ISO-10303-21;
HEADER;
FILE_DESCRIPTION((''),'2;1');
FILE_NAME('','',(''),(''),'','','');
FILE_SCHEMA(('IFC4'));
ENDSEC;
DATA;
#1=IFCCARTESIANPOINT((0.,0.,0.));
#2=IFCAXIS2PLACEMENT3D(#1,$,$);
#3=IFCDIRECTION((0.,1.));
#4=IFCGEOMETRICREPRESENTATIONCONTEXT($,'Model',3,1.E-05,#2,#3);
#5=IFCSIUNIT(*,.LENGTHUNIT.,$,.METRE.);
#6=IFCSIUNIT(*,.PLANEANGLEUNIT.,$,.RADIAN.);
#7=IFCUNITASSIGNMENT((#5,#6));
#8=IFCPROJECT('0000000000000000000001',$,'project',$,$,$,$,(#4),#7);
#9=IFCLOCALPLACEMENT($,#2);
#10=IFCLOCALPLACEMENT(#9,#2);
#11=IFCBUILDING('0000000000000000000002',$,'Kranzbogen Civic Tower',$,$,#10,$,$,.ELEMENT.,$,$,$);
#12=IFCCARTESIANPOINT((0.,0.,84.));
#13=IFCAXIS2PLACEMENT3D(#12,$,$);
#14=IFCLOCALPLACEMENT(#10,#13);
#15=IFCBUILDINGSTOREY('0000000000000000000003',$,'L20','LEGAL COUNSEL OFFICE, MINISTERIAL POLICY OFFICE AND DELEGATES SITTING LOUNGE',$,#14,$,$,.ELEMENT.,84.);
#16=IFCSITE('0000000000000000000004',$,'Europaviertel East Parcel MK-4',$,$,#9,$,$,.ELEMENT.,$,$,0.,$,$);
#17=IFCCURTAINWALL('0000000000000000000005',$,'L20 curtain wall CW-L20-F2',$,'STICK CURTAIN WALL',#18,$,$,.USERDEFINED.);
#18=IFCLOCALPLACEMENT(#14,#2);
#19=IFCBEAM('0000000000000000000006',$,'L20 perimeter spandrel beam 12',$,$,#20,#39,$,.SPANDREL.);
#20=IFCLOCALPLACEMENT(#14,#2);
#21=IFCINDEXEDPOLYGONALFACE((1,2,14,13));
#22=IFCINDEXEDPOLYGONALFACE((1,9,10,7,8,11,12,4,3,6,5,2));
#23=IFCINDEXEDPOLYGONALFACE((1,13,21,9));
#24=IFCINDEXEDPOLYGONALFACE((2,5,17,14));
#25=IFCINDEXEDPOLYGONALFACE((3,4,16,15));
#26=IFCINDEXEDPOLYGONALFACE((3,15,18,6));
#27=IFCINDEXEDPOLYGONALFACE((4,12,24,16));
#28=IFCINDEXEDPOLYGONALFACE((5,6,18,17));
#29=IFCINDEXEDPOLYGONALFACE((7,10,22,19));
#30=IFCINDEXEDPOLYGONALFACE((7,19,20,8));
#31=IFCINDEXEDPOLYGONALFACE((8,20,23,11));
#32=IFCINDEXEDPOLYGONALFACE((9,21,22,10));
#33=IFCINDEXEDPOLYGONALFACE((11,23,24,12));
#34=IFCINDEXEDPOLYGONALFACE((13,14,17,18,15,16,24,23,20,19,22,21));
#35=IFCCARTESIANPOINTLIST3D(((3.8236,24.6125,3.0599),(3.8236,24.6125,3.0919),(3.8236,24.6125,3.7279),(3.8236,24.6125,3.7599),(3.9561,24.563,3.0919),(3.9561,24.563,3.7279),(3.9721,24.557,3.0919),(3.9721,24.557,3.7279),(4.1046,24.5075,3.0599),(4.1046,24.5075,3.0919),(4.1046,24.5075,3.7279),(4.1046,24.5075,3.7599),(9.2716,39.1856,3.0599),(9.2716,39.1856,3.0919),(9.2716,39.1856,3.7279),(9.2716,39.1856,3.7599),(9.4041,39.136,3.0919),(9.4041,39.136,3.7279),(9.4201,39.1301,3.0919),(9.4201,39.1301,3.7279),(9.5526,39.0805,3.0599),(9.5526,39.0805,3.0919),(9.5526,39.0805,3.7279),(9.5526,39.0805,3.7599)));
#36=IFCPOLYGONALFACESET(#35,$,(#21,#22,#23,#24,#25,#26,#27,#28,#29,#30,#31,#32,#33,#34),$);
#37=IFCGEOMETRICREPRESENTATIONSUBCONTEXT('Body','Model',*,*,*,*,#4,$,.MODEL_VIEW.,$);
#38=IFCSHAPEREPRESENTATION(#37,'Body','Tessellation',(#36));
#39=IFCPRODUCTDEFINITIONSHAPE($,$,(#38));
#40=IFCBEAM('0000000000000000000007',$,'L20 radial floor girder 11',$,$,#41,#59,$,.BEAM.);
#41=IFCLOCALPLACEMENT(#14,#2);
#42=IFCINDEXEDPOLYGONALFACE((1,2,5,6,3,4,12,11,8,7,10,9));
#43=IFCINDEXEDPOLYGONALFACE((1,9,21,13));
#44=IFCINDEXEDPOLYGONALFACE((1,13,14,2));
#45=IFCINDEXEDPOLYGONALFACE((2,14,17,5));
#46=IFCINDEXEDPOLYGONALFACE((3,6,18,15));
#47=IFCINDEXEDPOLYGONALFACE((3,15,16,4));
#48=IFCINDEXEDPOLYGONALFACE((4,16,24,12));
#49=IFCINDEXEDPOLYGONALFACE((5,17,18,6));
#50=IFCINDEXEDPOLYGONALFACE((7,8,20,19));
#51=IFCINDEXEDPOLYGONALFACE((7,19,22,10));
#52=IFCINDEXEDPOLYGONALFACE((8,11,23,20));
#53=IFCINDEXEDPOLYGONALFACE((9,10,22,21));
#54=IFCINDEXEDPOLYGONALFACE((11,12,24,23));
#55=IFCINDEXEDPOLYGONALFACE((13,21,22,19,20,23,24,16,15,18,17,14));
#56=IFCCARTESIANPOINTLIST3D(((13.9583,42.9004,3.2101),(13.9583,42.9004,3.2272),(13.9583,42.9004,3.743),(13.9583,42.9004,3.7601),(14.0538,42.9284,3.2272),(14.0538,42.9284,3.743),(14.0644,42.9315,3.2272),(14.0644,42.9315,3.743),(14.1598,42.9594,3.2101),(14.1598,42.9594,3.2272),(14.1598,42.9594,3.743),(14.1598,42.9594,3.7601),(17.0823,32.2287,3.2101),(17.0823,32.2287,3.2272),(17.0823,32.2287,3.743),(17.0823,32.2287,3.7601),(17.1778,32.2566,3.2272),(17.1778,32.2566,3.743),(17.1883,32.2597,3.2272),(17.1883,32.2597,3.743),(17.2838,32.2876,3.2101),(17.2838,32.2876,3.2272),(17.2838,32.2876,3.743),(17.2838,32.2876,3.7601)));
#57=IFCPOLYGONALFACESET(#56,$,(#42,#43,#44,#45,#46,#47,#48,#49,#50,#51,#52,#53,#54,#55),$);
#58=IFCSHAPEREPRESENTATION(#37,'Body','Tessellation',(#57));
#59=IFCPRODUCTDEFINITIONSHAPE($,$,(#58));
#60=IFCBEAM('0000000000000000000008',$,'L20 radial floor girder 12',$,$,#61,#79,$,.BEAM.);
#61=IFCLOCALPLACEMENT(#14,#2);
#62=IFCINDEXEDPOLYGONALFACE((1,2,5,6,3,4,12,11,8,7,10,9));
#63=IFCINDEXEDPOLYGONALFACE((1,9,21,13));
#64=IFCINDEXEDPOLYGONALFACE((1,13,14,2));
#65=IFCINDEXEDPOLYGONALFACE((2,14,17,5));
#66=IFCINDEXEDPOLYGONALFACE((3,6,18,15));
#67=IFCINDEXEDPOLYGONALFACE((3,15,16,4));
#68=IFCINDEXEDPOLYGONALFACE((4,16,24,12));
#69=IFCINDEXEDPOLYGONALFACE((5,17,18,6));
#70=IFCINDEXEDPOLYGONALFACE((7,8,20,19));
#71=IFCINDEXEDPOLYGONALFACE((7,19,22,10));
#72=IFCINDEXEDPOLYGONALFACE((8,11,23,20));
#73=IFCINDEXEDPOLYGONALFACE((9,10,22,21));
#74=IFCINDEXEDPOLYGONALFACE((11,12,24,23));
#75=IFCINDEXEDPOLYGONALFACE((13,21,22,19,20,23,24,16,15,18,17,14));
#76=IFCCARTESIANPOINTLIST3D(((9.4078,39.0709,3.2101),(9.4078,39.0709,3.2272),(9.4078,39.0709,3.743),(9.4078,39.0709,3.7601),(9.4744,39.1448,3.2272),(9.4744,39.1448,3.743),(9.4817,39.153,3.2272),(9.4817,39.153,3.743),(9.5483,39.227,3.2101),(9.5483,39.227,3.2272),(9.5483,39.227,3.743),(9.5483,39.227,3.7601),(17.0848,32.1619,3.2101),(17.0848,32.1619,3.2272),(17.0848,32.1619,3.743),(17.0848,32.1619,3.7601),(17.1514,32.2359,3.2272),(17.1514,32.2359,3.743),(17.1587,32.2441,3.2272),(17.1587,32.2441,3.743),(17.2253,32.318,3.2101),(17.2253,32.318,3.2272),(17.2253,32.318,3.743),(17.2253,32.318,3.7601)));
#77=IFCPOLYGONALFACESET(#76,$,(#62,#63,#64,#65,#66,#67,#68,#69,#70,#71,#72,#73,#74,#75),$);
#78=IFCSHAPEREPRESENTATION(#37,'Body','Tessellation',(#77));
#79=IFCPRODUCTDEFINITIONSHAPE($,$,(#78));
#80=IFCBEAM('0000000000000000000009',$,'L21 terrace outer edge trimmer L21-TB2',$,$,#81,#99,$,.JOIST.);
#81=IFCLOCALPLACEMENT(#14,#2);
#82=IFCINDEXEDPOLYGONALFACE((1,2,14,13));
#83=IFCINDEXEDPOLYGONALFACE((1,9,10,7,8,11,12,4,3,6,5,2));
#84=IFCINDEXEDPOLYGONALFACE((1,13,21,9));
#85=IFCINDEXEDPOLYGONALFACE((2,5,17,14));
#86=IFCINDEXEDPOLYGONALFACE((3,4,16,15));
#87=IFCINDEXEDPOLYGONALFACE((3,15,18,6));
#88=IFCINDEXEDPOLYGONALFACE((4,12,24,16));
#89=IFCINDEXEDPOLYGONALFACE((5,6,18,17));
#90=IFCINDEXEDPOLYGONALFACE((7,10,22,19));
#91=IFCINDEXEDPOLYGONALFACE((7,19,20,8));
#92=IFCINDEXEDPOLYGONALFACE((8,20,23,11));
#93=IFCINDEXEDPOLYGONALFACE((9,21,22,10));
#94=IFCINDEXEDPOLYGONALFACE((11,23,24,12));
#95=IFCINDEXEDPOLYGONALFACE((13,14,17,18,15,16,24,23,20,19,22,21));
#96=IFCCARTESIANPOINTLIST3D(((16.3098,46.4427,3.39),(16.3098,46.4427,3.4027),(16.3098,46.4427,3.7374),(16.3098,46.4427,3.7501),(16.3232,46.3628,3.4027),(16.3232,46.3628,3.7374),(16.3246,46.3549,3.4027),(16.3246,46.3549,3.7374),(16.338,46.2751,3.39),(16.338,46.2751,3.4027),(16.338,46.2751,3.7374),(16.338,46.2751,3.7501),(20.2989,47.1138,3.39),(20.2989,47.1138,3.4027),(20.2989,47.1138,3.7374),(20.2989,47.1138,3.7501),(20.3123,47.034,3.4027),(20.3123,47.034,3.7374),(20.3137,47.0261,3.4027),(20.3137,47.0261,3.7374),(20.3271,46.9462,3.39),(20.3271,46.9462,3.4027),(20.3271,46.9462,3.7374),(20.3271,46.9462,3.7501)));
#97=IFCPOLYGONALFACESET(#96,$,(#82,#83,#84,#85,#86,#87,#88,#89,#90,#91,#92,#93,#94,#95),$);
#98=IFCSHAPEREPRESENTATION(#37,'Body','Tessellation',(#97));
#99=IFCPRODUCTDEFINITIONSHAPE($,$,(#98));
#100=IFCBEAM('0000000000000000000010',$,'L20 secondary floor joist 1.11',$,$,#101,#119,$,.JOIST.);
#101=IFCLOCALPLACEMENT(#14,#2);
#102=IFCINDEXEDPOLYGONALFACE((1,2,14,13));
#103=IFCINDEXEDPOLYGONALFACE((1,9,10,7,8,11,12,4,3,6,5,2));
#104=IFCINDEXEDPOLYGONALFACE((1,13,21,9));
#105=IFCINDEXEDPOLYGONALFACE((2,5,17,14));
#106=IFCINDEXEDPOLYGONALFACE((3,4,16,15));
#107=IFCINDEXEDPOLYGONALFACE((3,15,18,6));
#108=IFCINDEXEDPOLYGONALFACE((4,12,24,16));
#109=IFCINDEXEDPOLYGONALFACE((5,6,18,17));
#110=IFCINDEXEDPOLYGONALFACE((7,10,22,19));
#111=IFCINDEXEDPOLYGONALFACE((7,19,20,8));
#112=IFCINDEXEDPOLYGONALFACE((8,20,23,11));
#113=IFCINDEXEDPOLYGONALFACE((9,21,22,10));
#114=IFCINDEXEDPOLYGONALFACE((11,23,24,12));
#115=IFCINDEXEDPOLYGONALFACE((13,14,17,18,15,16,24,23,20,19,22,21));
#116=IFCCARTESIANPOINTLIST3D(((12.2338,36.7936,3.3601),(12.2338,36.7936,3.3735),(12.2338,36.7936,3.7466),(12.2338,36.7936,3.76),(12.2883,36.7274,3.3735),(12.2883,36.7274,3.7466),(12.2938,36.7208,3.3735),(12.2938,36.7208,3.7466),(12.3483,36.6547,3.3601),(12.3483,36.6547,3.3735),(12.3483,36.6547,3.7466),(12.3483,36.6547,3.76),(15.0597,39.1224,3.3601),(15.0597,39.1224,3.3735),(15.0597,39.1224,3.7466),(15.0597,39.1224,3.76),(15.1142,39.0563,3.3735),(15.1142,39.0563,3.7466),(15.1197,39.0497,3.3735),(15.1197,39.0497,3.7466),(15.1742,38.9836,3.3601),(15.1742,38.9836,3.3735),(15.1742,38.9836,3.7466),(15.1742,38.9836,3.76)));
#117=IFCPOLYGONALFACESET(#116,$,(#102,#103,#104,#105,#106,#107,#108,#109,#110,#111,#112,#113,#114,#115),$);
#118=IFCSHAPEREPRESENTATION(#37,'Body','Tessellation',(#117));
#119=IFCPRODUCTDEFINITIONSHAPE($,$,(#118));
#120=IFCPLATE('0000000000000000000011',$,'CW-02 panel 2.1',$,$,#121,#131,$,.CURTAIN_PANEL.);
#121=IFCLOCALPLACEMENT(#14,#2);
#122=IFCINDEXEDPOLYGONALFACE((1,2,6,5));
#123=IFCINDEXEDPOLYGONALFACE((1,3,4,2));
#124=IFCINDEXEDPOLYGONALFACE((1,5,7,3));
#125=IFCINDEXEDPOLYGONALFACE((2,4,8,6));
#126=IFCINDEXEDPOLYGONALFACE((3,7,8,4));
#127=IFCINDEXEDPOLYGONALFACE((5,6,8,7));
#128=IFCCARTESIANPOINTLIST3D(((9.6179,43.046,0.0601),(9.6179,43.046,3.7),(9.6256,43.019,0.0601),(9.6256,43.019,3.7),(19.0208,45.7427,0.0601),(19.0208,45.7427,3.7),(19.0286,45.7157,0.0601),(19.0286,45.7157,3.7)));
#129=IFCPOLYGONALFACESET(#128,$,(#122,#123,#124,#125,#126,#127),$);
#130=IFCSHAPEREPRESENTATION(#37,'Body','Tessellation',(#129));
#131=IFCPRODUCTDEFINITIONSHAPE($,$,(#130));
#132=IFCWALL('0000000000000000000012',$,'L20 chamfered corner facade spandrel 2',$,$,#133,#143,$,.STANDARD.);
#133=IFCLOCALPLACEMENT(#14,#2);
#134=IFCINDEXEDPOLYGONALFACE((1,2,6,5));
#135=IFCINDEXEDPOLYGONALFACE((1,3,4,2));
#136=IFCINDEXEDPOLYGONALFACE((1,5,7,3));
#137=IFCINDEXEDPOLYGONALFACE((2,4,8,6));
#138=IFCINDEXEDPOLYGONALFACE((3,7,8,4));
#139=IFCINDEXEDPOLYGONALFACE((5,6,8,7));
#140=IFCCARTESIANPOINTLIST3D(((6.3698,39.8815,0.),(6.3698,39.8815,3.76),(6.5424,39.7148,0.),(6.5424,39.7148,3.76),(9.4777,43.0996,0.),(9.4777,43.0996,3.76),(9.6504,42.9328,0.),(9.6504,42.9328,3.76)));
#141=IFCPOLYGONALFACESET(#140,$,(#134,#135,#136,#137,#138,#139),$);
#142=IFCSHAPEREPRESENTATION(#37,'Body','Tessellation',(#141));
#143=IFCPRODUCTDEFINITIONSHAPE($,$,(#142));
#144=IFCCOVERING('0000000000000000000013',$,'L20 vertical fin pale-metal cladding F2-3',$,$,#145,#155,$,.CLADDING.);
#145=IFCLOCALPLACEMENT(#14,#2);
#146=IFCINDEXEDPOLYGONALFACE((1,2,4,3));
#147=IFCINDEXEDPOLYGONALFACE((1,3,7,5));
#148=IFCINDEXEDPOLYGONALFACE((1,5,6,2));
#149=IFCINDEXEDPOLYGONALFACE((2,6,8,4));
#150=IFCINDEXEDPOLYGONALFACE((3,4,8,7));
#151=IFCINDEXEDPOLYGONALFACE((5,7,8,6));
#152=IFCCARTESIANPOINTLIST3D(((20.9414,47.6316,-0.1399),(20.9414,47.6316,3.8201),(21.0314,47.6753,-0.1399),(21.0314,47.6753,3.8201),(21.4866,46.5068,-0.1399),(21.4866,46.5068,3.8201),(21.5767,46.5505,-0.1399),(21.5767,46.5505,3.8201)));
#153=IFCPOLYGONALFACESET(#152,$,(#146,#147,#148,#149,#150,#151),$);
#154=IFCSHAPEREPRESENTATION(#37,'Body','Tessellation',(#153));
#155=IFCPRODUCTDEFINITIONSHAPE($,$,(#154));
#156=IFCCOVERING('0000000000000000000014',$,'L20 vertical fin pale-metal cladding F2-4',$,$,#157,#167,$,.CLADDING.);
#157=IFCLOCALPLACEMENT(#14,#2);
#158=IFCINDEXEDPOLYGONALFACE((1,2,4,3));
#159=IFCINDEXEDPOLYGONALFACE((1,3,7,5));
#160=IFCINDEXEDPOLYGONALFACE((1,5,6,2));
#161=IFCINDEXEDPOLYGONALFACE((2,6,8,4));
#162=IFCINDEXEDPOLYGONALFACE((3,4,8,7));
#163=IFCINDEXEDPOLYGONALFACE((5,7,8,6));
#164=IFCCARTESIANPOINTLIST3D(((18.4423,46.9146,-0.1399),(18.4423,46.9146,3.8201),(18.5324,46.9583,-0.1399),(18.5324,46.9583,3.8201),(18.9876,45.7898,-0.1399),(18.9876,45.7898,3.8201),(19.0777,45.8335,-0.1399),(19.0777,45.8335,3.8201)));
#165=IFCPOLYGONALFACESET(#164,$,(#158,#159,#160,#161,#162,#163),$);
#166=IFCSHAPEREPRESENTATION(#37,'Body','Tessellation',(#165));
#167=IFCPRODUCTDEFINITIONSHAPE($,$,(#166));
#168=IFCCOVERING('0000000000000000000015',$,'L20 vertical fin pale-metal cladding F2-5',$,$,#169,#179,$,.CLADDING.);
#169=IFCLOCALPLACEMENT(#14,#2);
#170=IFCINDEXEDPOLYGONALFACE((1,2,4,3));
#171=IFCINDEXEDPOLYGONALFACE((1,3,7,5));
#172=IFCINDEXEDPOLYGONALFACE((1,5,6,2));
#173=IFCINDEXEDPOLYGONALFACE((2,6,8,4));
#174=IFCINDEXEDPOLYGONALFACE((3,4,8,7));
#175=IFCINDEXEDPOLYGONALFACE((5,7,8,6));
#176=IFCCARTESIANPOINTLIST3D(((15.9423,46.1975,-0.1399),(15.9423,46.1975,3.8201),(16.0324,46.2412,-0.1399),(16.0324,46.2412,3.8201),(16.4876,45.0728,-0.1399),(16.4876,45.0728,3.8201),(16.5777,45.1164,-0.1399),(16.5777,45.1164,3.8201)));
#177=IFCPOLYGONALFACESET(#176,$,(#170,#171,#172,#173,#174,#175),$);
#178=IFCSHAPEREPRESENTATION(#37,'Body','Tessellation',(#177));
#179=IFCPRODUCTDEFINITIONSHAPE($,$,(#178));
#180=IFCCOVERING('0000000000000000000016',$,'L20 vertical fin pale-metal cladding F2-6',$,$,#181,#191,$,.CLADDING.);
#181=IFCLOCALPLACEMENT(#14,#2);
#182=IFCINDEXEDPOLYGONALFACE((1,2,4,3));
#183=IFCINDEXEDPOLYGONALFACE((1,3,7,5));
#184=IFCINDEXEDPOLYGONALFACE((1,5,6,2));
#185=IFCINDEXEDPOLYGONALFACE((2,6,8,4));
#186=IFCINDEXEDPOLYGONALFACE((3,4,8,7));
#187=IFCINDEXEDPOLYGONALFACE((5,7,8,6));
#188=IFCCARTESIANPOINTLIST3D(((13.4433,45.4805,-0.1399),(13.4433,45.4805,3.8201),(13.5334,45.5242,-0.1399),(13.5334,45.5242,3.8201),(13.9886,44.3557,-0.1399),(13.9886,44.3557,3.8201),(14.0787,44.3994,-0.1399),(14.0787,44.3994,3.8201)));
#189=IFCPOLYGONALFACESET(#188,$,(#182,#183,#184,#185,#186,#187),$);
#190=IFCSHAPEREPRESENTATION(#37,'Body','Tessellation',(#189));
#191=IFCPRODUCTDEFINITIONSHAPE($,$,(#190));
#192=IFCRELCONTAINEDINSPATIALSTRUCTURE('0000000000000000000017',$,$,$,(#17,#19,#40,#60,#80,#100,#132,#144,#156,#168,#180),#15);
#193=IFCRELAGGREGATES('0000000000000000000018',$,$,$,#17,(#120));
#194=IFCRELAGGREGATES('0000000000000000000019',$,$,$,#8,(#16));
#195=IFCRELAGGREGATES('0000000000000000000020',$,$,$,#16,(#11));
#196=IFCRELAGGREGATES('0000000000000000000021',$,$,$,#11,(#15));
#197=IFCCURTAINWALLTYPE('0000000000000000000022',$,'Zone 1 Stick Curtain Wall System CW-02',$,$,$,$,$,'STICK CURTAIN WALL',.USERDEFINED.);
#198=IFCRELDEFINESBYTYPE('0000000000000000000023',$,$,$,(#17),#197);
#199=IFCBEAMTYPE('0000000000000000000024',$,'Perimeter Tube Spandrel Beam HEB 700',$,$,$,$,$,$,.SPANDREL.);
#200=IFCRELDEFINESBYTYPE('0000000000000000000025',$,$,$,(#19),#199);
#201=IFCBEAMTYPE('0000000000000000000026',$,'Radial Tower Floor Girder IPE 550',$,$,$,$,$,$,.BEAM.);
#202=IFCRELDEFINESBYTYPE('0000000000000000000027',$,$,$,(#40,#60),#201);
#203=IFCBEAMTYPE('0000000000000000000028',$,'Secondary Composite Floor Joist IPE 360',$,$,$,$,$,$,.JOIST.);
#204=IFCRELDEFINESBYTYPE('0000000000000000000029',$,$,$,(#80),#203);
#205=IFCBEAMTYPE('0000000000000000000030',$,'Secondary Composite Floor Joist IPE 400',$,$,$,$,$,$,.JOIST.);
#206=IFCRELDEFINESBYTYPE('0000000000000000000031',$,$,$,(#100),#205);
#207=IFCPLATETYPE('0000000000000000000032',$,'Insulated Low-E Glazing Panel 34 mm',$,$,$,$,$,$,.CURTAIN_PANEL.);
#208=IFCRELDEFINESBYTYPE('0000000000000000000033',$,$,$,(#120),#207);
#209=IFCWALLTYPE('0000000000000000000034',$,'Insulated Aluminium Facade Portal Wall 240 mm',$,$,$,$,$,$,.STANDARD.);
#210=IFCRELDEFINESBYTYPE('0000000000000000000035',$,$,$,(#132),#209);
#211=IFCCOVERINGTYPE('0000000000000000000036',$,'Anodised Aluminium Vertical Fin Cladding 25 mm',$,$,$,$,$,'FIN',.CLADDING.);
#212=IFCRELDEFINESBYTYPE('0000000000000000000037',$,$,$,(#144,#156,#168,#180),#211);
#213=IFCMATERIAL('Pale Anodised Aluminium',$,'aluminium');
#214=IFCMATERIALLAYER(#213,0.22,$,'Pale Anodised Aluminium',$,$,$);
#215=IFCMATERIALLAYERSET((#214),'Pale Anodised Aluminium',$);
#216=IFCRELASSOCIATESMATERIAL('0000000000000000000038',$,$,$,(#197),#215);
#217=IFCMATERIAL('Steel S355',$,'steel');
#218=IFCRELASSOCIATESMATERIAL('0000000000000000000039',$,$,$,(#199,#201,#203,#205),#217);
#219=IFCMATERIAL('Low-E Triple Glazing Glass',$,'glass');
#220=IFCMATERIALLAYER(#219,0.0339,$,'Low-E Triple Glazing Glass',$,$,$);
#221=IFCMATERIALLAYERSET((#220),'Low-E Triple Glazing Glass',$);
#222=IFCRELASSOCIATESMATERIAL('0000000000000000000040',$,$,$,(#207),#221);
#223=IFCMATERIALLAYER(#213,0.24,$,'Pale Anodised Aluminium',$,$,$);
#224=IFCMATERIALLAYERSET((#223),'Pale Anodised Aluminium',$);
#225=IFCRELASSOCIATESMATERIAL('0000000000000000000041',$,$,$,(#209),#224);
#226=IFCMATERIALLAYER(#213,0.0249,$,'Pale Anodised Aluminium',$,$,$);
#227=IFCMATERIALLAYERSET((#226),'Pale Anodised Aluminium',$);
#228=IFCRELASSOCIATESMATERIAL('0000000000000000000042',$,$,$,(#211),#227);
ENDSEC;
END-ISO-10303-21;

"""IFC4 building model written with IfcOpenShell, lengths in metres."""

from ifc_helpers import new_model, si_unit, direction, frame, frame_2d, origin, origin_2d, place, context, subcontext, project, spatial, rectangle, i_section, extrude, material, layer, layer_set, material_profile, profile_set, type_object, element, aggregate, save


model = new_model("IFC4")

# Units and contexts
model_context = context("Model", 3, precision=1e-05, world=origin(), true_north=direction((0.0, 1.0)))
body_context = subcontext(model_context, "Body", "Model", "MODEL_VIEW")
ifc_project = project(units=[si_unit("LENGTHUNIT", "METRE"), si_unit("PLANEANGLEUNIT", "RADIAN")], contexts=[model_context])

# Site, building, storey
site_placement = place(None, origin())
site = spatial("IfcSite", under=ifc_project, at=site_placement, Name="Europaviertel East Parcel MK-4", CompositionType="ELEMENT", RefElevation=0.0)
building_placement = place(site_placement, origin())
building = spatial("IfcBuilding", under=site, at=building_placement, Name="Kranzbogen Civic Tower", CompositionType="ELEMENT")
storey_placement = place(building_placement, frame((0.0, 0.0, 84.0)))
storey = spatial("IfcBuildingStorey", under=building, at=storey_placement, Name="L20", Description="LEGAL COUNSEL OFFICE, MINISTERIAL POLICY OFFICE AND DELEGATES SITTING LOUNGE", CompositionType="ELEMENT", Elevation=84.0)

# Shared definitions
ifc_material_1 = material(Name="Steel S355", Category="steel")

# Curtain wall
ifc_material_2 = material(Name="Pale Anodised Aluminium", Category="aluminium")
ifc_layer_1 = layer(ifc_material_2, 0.22, Name="Pale Anodised Aluminium")
ifc_layer_set_1 = layer_set([ifc_layer_1], Name="Pale Anodised Aluminium")
curtain_wall_type = type_object("IfcCurtainWallType", Name="Zone 1 Stick Curtain Wall System CW-02", ElementType="STICK CURTAIN WALL", PredefinedType="USERDEFINED", material=ifc_layer_set_1)
curtain_wall_1_placement = place(storey_placement, origin())
curtain_wall_1 = element("IfcCurtainWall", 1, at=curtain_wall_1_placement, inside=storey, type_object=curtain_wall_type, Name="L20 curtain wall CW-L20-F2", ObjectType="STICK CURTAIN WALL", PredefinedType="USERDEFINED")

# Beams
ifc_material_profile_1 = material_profile(ifc_material_1, i_section(OverallWidth=0.3, OverallDepth=0.7, WebThickness=0.0171, FlangeThickness=0.032, at=origin_2d()), Name="HEB 700")
ifc_profile_set_1 = profile_set([ifc_material_profile_1], Name="Steel S355")
beam_type_1 = type_object("IfcBeamType", Name="Perimeter Tube Spandrel Beam HEB 700", PredefinedType="SPANDREL", material=ifc_profile_set_1)
beam_1_placement = place(storey_placement, frame((9.4121, 39.1331, 3.4099), z_axis=(-0.350172, -0.936685, 0.0), x_axis=(0.936685, -0.350172, 0.0)))
element("IfcBeam", 2, at=beam_1_placement, inside=storey, type_object=beam_type_1, Name="L20 perimeter spandrel beam 12", PredefinedType="SPANDREL", context=body_context, shape_type="SweptSolid", body=[
    extrude(i_section(OverallWidth=0.3, OverallDepth=0.7, WebThickness=0.0171, FlangeThickness=0.032, at=origin_2d()), origin(), (0.0, 0.0, 1.0), 15.5581),
])
ifc_material_profile_2 = material_profile(ifc_material_1, i_section(OverallWidth=0.21, OverallDepth=0.55, WebThickness=0.011, FlangeThickness=0.0171, at=origin_2d()), Name="IPE 550")
ifc_profile_set_2 = profile_set([ifc_material_profile_2], Name="Steel S355")
beam_type_2 = type_object("IfcBeamType", Name="Radial Tower Floor Girder IPE 550", PredefinedType="BEAM", material=ifc_profile_set_2)
beam_2_placement = place(storey_placement, frame((14.0591, 42.9299, 3.4851), z_axis=(0.280944, -0.959724, 0.0), x_axis=(0.959724, 0.280944, 0.0)))
element("IfcBeam", 3, at=beam_2_placement, inside=storey, type_object=beam_type_2, Name="L20 radial floor girder 11", PredefinedType="BEAM", context=body_context, shape_type="SweptSolid", body=[
    extrude(i_section(OverallWidth=0.21, OverallDepth=0.55, WebThickness=0.011, FlangeThickness=0.0171, at=origin_2d()), origin(), (0.0, 0.0, 1.0), 11.1196),
])
beam_3_placement = place(storey_placement, frame((9.478, 39.1489, 3.4851), z_axis=(0.743312, -0.668945, 0.0), x_axis=(0.668945, 0.743312, 0.0)))
element("IfcBeam", 4, at=beam_3_placement, inside=storey, type_object=beam_type_2, Name="L20 radial floor girder 12", PredefinedType="BEAM", context=body_context, shape_type="SweptSolid", body=[
    extrude(i_section(OverallWidth=0.21, OverallDepth=0.55, WebThickness=0.011, FlangeThickness=0.0171, at=origin_2d()), origin(), (0.0, 0.0, 1.0), 10.3281),
])
ifc_material_profile_3 = material_profile(ifc_material_1, i_section(OverallWidth=0.1699, OverallDepth=0.3601, WebThickness=0.0081, FlangeThickness=0.0127, at=origin_2d()), Name="IPE 360")
ifc_profile_set_3 = profile_set([ifc_material_profile_3], Name="Steel S355")
beam_type_3 = type_object("IfcBeamType", Name="Secondary Composite Floor Joist IPE 360", PredefinedType="JOIST", material=ifc_profile_set_3)
beam_4_placement = place(storey_placement, frame((20.313, 47.03, 3.5701), z_axis=(-0.98614, -0.165916, 0.0), x_axis=(0.165916, -0.98614, 0.0)))
element("IfcBeam", 5, at=beam_4_placement, inside=storey, type_object=beam_type_3, Name="L21 terrace outer edge trimmer L21-TB2", PredefinedType="JOIST", context=body_context, shape_type="SweptSolid", body=[
    extrude(i_section(OverallWidth=0.1699, OverallDepth=0.3601, WebThickness=0.0081, FlangeThickness=0.0127, at=origin_2d()), origin(), (0.0, 0.0, 1.0), 4.0452),
])
ifc_material_profile_4 = material_profile(ifc_material_1, i_section(OverallWidth=0.1799, OverallDepth=0.3999, WebThickness=0.0085, FlangeThickness=0.0134, at=origin_2d()), Name="IPE 400")
ifc_profile_set_4 = profile_set([ifc_material_profile_4], Name="Steel S355")
beam_type_4 = type_object("IfcBeamType", Name="Secondary Composite Floor Joist IPE 400", PredefinedType="JOIST", material=ifc_profile_set_4)
beam_5_placement = place(storey_placement, frame((15.1169, 39.053, 3.5601), z_axis=(-0.771713, -0.635971, 0.0), x_axis=(0.635971, -0.771713, 0.0)))
element("IfcBeam", 6, at=beam_5_placement, inside=storey, type_object=beam_type_4, Name="L20 secondary floor joist 1.11", PredefinedType="JOIST", context=body_context, shape_type="SweptSolid", body=[
    extrude(i_section(OverallWidth=0.1799, OverallDepth=0.3999, WebThickness=0.0085, FlangeThickness=0.0134, at=origin_2d()), origin(), (0.0, 0.0, 1.0), 3.6619),
])

# Plate
ifc_material_3 = material(Name="Low-E Triple Glazing Glass", Category="glass")
ifc_layer_2 = layer(ifc_material_3, 0.0339, Name="Low-E Triple Glazing Glass")
ifc_layer_set_2 = layer_set([ifc_layer_2], Name="Low-E Triple Glazing Glass")
plate_type = type_object("IfcPlateType", Name="Insulated Low-E Glazing Panel 34 mm", PredefinedType="CURTAIN_PANEL", material=ifc_layer_set_2)
plate_placement = place(storey_placement, frame((14.3232, 44.3809, 0.0601), z_axis=(0.0, 0.0, 1.0), x_axis=(-0.96125, -0.275678, 0.0)))
plate = element("IfcPlate", 7, at=plate_placement, type_object=plate_type, Name="CW-02 panel 2.1", PredefinedType="CURTAIN_PANEL", context=body_context, shape_type="SweptSolid", body=[
    extrude(rectangle(XDim=9.782, YDim=0.0281, at=origin_2d()), origin(), (0.0, 0.0, 1.0), 3.6399),
])
aggregate(curtain_wall_1, [plate])

# Wall
ifc_layer_3 = layer(ifc_material_2, 0.24, Name="Pale Anodised Aluminium")
ifc_layer_set_3 = layer_set([ifc_layer_3], Name="Pale Anodised Aluminium")
wall_type = type_object("IfcWallType", Name="Insulated Aluminium Facade Portal Wall 240 mm", PredefinedType="STANDARD", material=ifc_layer_set_3)
wall_placement = place(storey_placement, frame((9.564, 43.0161, 0.0), z_axis=(0.0, 0.0, 1.0), x_axis=(-0.694694, -0.719306, 0.0)))
element("IfcWall", 8, at=wall_placement, inside=storey, type_object=wall_type, Name="L20 chamfered corner facade spandrel 2", PredefinedType="STANDARD", context=body_context, shape_type="SweptSolid", body=[
    extrude(rectangle(XDim=4.4739, YDim=0.24, at=frame_2d((2.2368, 0.0))), origin(), (0.0, 0.0, 1.0), 3.76),
])

# Coverings
ifc_layer_4 = layer(ifc_material_2, 0.0249, Name="Pale Anodised Aluminium")
ifc_layer_set_4 = layer_set([ifc_layer_4], Name="Pale Anodised Aluminium")
covering_type = type_object("IfcCoveringType", Name="Anodised Aluminium Vertical Fin Cladding 25 mm", ElementType="FIN", PredefinedType="CLADDING", material=ifc_layer_set_4)
for number, where, z_axis, x_axis, name in (
    (9, (21.259, 47.0911, -0.1399), (0.0, 0.0, 1.0), (-0.436221, 0.89984, 0.0), "L20 vertical fin pale-metal cladding F2-3"),
    (10, (18.76, 46.374, -0.1399), (0.0, 0.0, 1.0), (-0.436221, 0.89984, 0.0), "L20 vertical fin pale-metal cladding F2-4"),
    (11, (16.26, 45.657, -0.1399), (0.0, 0.0, 1.0), (-0.436221, 0.89984, 0.0), "L20 vertical fin pale-metal cladding F2-5"),
    (12, (13.761, 44.9399, -0.1399), (0.0, 0.0, 1.0), (-0.436221, 0.89984, 0.0), "L20 vertical fin pale-metal cladding F2-6"),
):
    element("IfcCovering", number, at=place(storey_placement, frame(where, z_axis=z_axis, x_axis=x_axis)), inside=storey, type_object=covering_type, Name=name, PredefinedType="CLADDING", context=body_context, shape_type="SweptSolid", body=[
        extrude(rectangle(XDim=1.25, YDim=0.1001, at=origin_2d()), origin(), (0.0, 0.0, 1.0), 3.96),
    ])

save(model, "model.ifc")
